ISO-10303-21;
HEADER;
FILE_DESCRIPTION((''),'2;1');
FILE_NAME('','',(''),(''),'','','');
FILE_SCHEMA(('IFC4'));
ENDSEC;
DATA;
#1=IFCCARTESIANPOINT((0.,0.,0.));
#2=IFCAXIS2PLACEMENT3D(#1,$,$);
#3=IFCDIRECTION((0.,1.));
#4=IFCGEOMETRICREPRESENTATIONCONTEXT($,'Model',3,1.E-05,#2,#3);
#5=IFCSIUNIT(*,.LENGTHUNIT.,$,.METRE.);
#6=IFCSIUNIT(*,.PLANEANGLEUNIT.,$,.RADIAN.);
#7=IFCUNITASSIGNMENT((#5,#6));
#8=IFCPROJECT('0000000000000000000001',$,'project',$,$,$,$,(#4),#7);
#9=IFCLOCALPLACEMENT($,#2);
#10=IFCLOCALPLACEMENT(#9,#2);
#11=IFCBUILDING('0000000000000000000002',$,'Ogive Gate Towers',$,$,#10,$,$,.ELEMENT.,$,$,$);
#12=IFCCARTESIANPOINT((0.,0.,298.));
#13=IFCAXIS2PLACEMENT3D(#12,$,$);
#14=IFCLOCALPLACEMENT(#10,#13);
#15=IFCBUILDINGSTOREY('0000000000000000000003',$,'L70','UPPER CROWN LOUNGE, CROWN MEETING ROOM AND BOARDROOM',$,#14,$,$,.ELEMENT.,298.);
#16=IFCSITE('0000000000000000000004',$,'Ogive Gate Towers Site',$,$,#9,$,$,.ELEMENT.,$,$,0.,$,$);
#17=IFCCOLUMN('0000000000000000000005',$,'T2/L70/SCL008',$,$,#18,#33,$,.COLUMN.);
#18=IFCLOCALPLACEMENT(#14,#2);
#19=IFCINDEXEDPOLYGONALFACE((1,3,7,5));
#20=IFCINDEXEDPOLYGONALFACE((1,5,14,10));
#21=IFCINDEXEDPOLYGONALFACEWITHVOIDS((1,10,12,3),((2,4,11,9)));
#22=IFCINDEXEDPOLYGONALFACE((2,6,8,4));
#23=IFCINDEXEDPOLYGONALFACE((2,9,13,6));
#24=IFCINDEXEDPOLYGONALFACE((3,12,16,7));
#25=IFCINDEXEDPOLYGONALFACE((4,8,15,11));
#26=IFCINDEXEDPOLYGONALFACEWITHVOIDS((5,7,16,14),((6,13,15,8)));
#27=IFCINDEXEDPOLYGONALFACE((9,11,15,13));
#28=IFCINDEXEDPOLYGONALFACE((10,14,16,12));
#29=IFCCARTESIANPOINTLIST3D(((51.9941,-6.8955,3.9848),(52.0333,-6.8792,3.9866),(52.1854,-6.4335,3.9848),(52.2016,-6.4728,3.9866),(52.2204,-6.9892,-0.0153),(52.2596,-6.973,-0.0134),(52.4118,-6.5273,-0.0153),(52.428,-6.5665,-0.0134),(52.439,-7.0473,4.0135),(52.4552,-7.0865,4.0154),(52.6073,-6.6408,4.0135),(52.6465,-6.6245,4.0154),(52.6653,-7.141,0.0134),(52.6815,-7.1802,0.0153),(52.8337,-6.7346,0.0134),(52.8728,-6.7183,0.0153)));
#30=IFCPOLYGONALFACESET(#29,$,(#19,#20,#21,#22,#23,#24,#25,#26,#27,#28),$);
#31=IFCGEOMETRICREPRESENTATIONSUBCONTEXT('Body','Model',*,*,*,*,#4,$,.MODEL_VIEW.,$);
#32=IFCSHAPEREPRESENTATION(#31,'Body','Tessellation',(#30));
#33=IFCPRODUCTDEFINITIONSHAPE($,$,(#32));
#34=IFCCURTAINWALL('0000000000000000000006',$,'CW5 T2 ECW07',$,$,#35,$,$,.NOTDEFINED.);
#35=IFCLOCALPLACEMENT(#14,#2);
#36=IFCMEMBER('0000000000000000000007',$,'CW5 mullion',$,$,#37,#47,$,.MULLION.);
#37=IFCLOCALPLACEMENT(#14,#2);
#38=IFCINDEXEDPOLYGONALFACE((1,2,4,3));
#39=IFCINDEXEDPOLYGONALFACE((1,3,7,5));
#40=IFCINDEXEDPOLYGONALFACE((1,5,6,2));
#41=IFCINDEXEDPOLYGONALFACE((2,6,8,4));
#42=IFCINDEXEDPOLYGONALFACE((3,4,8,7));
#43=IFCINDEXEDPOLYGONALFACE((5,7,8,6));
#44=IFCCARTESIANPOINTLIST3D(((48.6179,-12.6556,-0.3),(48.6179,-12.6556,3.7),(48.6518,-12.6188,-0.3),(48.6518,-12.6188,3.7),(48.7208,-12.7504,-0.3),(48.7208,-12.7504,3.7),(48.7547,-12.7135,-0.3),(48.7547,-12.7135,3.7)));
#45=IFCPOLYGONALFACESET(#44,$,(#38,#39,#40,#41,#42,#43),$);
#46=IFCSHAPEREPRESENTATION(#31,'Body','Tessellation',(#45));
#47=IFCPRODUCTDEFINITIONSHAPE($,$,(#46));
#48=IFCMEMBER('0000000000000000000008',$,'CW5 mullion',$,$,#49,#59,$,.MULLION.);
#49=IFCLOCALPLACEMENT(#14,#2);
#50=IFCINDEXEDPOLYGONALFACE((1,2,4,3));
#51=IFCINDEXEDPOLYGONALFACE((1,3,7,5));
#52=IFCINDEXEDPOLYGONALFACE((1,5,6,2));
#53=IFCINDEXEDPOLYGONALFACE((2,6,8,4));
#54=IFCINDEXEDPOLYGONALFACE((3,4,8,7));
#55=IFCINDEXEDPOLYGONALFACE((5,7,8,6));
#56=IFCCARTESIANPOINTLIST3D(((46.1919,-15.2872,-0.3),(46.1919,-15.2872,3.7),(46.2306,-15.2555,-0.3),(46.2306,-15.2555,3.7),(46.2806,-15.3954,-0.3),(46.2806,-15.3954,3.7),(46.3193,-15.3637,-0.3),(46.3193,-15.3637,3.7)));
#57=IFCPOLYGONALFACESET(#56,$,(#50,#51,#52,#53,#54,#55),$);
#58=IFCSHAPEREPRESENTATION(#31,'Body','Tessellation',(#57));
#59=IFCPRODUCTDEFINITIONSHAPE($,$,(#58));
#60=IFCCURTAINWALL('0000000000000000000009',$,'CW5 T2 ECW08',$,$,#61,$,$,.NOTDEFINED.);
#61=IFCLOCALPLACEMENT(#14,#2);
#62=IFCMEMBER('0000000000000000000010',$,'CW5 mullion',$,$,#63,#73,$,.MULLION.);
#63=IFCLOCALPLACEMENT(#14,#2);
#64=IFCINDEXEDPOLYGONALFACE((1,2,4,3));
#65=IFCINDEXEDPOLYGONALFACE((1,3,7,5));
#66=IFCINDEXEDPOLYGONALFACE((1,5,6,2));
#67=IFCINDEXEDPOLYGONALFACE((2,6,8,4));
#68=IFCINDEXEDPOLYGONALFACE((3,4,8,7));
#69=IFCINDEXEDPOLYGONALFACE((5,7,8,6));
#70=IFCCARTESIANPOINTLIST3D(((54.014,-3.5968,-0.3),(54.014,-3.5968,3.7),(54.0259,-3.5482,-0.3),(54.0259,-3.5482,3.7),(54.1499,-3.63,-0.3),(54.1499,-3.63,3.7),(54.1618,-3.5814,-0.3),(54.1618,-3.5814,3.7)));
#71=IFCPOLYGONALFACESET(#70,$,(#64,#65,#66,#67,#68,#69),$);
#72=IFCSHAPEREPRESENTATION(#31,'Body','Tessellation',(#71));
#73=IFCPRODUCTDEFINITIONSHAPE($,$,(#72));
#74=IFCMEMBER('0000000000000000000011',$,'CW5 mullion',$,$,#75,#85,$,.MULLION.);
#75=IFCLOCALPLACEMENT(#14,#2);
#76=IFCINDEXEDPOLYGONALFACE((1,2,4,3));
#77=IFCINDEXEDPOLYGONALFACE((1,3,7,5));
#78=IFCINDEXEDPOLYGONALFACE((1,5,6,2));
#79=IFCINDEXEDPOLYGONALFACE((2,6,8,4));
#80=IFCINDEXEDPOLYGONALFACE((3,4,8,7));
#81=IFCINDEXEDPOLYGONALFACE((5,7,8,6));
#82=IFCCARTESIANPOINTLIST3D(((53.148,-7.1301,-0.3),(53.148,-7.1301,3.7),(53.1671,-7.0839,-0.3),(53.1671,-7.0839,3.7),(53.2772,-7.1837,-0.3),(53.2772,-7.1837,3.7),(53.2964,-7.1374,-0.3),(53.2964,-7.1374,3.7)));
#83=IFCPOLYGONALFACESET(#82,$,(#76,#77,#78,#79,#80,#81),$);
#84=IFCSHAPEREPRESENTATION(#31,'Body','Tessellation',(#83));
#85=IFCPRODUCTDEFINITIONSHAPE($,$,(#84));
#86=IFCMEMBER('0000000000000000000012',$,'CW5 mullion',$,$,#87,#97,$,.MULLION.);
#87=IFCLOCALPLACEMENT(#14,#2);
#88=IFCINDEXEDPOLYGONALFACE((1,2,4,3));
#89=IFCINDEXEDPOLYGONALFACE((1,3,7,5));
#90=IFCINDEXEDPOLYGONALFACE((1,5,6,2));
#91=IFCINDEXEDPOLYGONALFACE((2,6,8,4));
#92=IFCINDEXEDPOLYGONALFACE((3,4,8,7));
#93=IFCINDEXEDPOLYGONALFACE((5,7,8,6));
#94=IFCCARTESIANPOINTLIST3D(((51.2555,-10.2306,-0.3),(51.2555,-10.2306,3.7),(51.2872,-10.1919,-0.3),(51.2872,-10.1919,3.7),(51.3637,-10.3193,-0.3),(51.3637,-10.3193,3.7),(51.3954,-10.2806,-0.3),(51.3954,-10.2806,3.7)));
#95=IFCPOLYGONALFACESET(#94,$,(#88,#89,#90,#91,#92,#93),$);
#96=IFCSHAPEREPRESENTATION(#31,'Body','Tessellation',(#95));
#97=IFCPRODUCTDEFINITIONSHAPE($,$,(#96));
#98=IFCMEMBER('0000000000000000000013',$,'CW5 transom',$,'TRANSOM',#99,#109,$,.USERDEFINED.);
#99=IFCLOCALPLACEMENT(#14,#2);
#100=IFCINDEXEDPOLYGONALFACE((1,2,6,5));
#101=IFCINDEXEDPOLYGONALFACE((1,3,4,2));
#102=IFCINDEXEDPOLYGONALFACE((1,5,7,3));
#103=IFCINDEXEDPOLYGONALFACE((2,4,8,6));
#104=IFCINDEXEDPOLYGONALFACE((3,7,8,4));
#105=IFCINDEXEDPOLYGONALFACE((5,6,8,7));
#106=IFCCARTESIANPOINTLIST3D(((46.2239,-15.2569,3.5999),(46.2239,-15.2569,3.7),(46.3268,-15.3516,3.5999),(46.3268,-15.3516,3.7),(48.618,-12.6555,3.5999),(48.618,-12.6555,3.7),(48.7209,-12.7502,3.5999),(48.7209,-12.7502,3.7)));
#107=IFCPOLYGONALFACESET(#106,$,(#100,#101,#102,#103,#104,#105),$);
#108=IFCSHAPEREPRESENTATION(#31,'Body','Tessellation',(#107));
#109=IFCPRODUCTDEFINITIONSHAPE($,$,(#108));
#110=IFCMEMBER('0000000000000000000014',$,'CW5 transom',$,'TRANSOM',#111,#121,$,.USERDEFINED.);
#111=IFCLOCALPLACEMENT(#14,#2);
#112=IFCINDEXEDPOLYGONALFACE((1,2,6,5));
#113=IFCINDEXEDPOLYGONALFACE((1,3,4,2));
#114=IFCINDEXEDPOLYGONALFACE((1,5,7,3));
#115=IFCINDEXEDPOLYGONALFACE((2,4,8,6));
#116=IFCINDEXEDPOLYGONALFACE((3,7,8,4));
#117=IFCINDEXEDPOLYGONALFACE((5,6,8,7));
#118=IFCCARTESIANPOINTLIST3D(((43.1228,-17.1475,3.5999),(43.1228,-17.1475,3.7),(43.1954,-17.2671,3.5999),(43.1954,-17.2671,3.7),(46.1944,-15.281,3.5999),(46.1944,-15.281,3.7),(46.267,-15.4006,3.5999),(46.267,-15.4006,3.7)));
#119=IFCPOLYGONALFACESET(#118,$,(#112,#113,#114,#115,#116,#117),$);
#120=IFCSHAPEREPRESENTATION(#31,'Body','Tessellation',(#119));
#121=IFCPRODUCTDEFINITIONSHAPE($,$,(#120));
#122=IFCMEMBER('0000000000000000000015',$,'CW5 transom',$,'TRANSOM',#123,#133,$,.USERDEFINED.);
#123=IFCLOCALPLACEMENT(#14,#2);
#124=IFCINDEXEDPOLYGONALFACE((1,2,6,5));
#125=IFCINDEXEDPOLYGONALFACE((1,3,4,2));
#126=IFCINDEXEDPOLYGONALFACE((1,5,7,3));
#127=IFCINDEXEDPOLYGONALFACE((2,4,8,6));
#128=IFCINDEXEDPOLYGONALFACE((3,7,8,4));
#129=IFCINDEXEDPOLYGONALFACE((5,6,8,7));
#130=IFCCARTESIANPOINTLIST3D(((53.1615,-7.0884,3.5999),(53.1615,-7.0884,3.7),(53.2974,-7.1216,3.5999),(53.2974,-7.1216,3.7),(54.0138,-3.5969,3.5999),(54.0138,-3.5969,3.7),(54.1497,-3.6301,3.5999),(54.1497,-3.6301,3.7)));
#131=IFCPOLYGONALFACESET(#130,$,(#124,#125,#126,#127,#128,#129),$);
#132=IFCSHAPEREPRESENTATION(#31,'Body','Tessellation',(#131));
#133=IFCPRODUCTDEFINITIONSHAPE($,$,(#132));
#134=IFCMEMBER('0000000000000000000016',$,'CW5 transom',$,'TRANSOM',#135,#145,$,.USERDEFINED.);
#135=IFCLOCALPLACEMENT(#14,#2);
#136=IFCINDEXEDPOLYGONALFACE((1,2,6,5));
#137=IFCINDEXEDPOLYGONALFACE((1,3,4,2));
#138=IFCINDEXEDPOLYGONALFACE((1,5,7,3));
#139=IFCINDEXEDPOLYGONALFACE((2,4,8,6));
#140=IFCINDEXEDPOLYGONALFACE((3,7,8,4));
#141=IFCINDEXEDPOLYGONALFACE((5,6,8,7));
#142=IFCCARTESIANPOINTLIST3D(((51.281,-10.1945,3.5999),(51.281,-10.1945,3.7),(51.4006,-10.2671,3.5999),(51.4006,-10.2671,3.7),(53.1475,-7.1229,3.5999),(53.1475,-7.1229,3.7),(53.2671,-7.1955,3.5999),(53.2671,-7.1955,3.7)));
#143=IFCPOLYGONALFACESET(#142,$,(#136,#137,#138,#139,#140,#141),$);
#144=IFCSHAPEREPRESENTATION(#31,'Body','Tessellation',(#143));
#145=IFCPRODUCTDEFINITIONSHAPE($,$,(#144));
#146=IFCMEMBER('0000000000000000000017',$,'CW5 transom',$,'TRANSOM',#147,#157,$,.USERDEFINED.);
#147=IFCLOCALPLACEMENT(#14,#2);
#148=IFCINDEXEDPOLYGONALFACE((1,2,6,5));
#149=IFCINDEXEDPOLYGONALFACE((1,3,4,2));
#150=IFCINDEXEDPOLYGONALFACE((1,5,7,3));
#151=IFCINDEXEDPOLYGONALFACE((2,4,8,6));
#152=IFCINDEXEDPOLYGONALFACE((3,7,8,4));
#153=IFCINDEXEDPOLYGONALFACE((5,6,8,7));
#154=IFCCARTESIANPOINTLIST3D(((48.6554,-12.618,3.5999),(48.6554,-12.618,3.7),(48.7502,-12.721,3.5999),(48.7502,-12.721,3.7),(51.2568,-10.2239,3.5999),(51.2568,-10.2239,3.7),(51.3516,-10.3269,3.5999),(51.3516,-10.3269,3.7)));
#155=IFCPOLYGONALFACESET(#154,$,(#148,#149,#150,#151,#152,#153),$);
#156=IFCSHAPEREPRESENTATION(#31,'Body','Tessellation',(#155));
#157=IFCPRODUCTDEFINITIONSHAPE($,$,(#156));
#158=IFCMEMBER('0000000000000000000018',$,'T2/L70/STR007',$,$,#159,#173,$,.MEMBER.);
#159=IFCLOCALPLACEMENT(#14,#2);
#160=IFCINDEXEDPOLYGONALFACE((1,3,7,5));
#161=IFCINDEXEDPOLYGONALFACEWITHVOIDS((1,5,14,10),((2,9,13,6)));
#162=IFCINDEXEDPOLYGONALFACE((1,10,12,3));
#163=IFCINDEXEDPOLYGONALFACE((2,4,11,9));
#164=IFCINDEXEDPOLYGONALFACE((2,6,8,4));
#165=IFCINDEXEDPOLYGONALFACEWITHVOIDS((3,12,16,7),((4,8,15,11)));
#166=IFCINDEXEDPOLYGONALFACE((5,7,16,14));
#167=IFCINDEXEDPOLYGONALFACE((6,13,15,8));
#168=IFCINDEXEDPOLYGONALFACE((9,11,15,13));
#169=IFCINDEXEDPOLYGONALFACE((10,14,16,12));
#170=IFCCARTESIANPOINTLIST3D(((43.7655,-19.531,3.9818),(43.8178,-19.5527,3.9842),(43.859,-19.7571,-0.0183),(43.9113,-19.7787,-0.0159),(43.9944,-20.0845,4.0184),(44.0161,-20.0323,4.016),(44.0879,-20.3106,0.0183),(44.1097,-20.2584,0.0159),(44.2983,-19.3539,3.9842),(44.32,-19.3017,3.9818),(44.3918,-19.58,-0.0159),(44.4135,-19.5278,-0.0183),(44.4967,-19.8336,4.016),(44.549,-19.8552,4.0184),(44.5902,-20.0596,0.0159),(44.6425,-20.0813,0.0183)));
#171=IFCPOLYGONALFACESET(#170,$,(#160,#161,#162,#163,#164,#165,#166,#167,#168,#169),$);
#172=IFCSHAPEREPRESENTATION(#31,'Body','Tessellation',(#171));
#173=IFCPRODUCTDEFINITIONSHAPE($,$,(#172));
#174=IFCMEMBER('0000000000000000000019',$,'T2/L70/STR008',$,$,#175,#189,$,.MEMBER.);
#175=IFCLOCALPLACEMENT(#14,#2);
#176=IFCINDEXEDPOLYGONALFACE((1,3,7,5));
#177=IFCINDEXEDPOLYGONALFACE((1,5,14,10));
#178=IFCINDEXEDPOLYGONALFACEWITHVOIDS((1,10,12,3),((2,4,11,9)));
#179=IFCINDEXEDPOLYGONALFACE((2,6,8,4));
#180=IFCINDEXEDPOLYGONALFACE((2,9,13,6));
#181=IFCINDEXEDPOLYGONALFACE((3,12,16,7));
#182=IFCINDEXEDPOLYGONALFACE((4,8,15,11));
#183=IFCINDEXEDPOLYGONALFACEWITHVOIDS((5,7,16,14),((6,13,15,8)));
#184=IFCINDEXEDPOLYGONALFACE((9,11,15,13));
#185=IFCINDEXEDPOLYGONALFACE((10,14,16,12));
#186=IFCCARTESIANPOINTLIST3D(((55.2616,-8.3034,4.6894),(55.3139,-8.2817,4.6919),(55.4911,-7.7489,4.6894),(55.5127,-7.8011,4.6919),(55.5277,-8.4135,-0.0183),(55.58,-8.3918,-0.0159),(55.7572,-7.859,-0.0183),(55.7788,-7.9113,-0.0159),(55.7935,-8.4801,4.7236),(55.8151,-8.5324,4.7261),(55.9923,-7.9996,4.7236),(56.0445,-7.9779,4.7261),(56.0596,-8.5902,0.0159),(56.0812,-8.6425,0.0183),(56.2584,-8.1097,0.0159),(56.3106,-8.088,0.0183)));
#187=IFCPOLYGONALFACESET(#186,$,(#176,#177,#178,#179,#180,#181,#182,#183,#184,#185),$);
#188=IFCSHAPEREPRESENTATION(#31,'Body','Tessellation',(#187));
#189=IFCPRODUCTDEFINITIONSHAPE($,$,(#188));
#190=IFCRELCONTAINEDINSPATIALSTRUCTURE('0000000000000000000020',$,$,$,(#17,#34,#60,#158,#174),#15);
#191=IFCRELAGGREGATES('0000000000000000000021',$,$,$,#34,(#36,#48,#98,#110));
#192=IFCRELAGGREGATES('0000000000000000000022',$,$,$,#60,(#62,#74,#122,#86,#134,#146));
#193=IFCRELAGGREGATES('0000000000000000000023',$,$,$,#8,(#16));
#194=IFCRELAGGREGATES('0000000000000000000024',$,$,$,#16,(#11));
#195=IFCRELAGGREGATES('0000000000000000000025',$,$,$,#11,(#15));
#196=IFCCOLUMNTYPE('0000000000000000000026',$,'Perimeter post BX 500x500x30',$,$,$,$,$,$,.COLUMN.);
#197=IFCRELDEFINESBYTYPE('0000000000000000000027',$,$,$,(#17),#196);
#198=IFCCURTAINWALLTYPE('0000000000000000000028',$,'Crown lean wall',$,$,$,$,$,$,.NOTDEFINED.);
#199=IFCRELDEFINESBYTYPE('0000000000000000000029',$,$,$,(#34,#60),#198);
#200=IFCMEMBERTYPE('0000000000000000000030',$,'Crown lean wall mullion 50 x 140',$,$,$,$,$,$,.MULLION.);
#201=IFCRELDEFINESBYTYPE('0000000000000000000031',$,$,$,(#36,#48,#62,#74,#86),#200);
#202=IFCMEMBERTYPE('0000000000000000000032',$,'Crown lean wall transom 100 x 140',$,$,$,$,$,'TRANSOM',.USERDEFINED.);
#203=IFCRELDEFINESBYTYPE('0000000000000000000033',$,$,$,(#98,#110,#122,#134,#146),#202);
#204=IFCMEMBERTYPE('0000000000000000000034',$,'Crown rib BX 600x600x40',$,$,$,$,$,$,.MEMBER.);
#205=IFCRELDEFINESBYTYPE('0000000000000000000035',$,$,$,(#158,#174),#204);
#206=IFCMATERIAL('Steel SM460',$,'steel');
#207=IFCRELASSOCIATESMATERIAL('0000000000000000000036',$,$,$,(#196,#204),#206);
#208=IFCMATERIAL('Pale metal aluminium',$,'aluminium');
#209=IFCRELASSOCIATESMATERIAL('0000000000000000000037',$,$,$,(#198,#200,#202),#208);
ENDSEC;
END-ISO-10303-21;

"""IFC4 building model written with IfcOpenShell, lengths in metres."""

from ifc_helpers import new_model, si_unit, direction, frame, origin, origin_2d, place, context, subcontext, project, spatial, rectangle, hollow_rectangle, extrude, material, material_profile, profile_set, type_object, element, aggregate, save


model = new_model("IFC4")

# Units and contexts
model_context = context("Model", 3, precision=1e-05, world=origin(), true_north=direction((0.0, 1.0)))
body_context = subcontext(model_context, "Body", "Model", "MODEL_VIEW")
ifc_project = project(units=[si_unit("LENGTHUNIT", "METRE"), si_unit("PLANEANGLEUNIT", "RADIAN")], contexts=[model_context])

# Site, building, storey
site_placement = place(None, origin())
site = spatial("IfcSite", under=ifc_project, at=site_placement, Name="Ogive Gate Towers Site", CompositionType="ELEMENT", RefElevation=0.0)
building_placement = place(site_placement, origin())
building = spatial("IfcBuilding", under=site, at=building_placement, Name="Ogive Gate Towers", CompositionType="ELEMENT")
storey_placement = place(building_placement, frame((0.0, 0.0, 298.0)))
storey = spatial("IfcBuildingStorey", under=building, at=storey_placement, Name="L70", Description="UPPER CROWN LOUNGE, CROWN MEETING ROOM AND BOARDROOM", CompositionType="ELEMENT", Elevation=298.0)

# Column
ifc_material_1 = material(Name="Steel SM460", Category="steel")
ifc_material_profile_1 = material_profile(ifc_material_1, hollow_rectangle(XDim=0.5, YDim=0.5, WallThickness=0.03, at=origin_2d()), Name="BX 500x500x30")
ifc_profile_set_1 = profile_set([ifc_material_profile_1], Name="Steel SM460")
column_type = type_object("IfcColumnType", Name="Perimeter post BX 500x500x30", PredefinedType="COLUMN", material=ifc_profile_set_1)
column_placement = place(storey_placement, frame((52.5466, -6.8538, 0.0), z_axis=(-0.056474, 0.023394, 0.99813), x_axis=(-0.382704, -0.923871, 0.0)))
element("IfcColumn", 1, at=column_placement, inside=storey, type_object=column_type, Name="T2/L70/SCL008", PredefinedType="COLUMN", context=body_context, shape_type="SweptSolid", body=[
    extrude(hollow_rectangle(XDim=0.5, YDim=0.5, WallThickness=0.03, at=origin_2d()), origin(), (0.0, 0.0, 1.0), 4.0076),
])

# Curtain walls, members
ifc_material_2 = material(Name="Pale metal aluminium", Category="aluminium")
curtain_wall_type = type_object("IfcCurtainWallType", Name="Crown lean wall", PredefinedType="NOTDEFINED", material=ifc_material_2)
curtain_wall_1_placement = place(storey_placement, origin())
curtain_wall_1 = element("IfcCurtainWall", 2, at=curtain_wall_1_placement, inside=storey, type_object=curtain_wall_type, Name="CW5 T2 ECW07", PredefinedType="NOTDEFINED")
ifc_material_profile_2 = material_profile(ifc_material_2, rectangle(XDim=0.1399, YDim=0.05, at=origin_2d()), Name="50 x 140 aluminium box")
ifc_profile_set_2 = profile_set([ifc_material_profile_2], Name="Pale metal aluminium")
member_type_1 = type_object("IfcMemberType", Name="Crown lean wall mullion 50 x 140", PredefinedType="MULLION", material=ifc_profile_set_2)
member_1_placement = place(storey_placement, frame((48.6863, -12.6846, -0.3), z_axis=(0.0, 0.0, 1.0), x_axis=(-0.735813, 0.677184, 0.0)))
member_1 = element("IfcMember", 3, at=member_1_placement, type_object=member_type_1, Name="CW5 mullion", PredefinedType="MULLION", context=body_context, shape_type="SweptSolid", body=[
    extrude(rectangle(XDim=0.1399, YDim=0.05, at=origin_2d()), origin(), (0.0, 0.0, 1.0), 4.0),
])
member_2_placement = place(storey_placement, frame((46.2556, -15.3254, -0.3), z_axis=(0.0, 0.0, 1.0), x_axis=(-0.633772, 0.77352, 0.0)))
member_2 = element("IfcMember", 4, at=member_2_placement, type_object=member_type_1, Name="CW5 mullion", PredefinedType="MULLION", context=body_context, shape_type="SweptSolid", body=[
    extrude(rectangle(XDim=0.1399, YDim=0.05, at=origin_2d()), origin(), (0.0, 0.0, 1.0), 4.0),
])
curtain_wall_2_placement = place(storey_placement, origin())
curtain_wall_2 = element("IfcCurtainWall", 5, at=curtain_wall_2_placement, inside=storey, type_object=curtain_wall_type, Name="CW5 T2 ECW08", PredefinedType="NOTDEFINED")
member_3_placement = place(storey_placement, frame((54.0879, -3.5891, -0.3), z_axis=(0.0, 0.0, 1.0), x_axis=(-0.971471, 0.23716, 0.0)))
member_3 = element("IfcMember", 6, at=member_3_placement, type_object=member_type_1, Name="CW5 mullion", PredefinedType="MULLION", context=body_context, shape_type="SweptSolid", body=[
    extrude(rectangle(XDim=0.1399, YDim=0.05, at=origin_2d()), origin(), (0.0, 0.0, 1.0), 4.0),
])
member_4_placement = place(storey_placement, frame((53.2222, -7.1338, -0.3), z_axis=(0.0, 0.0, 1.0), x_axis=(-0.92388, 0.382683, 0.0)))
member_4 = element("IfcMember", 7, at=member_4_placement, type_object=member_type_1, Name="CW5 mullion", PredefinedType="MULLION", context=body_context, shape_type="SweptSolid", body=[
    extrude(rectangle(XDim=0.1399, YDim=0.05, at=origin_2d()), origin(), (0.0, 0.0, 1.0), 4.0),
])
member_5_placement = place(storey_placement, frame((51.3254, -10.2556, -0.3), z_axis=(0.0, 0.0, 1.0), x_axis=(-0.77352, 0.633772, 0.0)))
member_5 = element("IfcMember", 8, at=member_5_placement, type_object=member_type_1, Name="CW5 mullion", PredefinedType="MULLION", context=body_context, shape_type="SweptSolid", body=[
    extrude(rectangle(XDim=0.1399, YDim=0.05, at=origin_2d()), origin(), (0.0, 0.0, 1.0), 4.0),
])

# Members
ifc_material_profile_3 = material_profile(ifc_material_2, rectangle(XDim=0.1399, YDim=0.1001, at=origin_2d()), Name="100 x 140 aluminium box")
ifc_profile_set_3 = profile_set([ifc_material_profile_3], Name="Pale metal aluminium")
member_type_2 = type_object("IfcMemberType", Name="Crown lean wall transom 100 x 140", ElementType="TRANSOM", PredefinedType="USERDEFINED", material=ifc_profile_set_3)
member_6_placement = place(storey_placement, frame((48.6694, -12.7029, 3.6499), z_axis=(-0.677184, -0.735814, 0.0), x_axis=(0.735814, -0.677184, 0.0)))
member_6 = element("IfcMember", 9, at=member_6_placement, type_object=member_type_2, Name="CW5 transom", ObjectType="TRANSOM", PredefinedType="USERDEFINED", context=body_context, shape_type="SweptSolid", body=[
    extrude(rectangle(XDim=0.1399, YDim=0.1001, at=origin_2d()), origin(), (0.0, 0.0, 1.0), 3.5354),
])
member_7_placement = place(storey_placement, frame((46.2307, -15.3408, 3.6499), z_axis=(-0.854591, -0.519302, 0.0), x_axis=(0.519302, -0.854591, 0.0)))
member_7 = element("IfcMember", 10, at=member_7_placement, type_object=member_type_2, Name="CW5 transom", ObjectType="TRANSOM", PredefinedType="USERDEFINED", context=body_context, shape_type="SweptSolid", body=[
    extrude(rectangle(XDim=0.1399, YDim=0.1001, at=origin_2d()), origin(), (0.0, 0.0, 1.0), 3.5942),
])
member_8_placement = place(storey_placement, frame((54.0818, -3.6135, 3.6499), z_axis=(-0.237145, -0.971474, 0.0), x_axis=(0.971474, -0.237145, 0.0)))
member_8 = element("IfcMember", 11, at=member_8_placement, type_object=member_type_2, Name="CW5 transom", ObjectType="TRANSOM", PredefinedType="USERDEFINED", context=body_context, shape_type="SweptSolid", body=[
    extrude(rectangle(XDim=0.1399, YDim=0.1001, at=origin_2d()), origin(), (0.0, 0.0, 1.0), 3.594),
])
member_9_placement = place(storey_placement, frame((53.2073, -7.1592, 3.6499), z_axis=(-0.519302, -0.854591, 0.0), x_axis=(0.854591, -0.519302, 0.0)))
member_9 = element("IfcMember", 12, at=member_9_placement, type_object=member_type_2, Name="CW5 transom", ObjectType="TRANSOM", PredefinedType="USERDEFINED", context=body_context, shape_type="SweptSolid", body=[
    extrude(rectangle(XDim=0.1399, YDim=0.1001, at=origin_2d()), origin(), (0.0, 0.0, 1.0), 3.5942),
])
member_10_placement = place(storey_placement, frame((51.3042, -10.2754, 3.6499), z_axis=(-0.735814, -0.677184, 0.0), x_axis=(0.677184, -0.735814, 0.0)))
member_10 = element("IfcMember", 13, at=member_10_placement, type_object=member_type_2, Name="CW5 transom", ObjectType="TRANSOM", PredefinedType="USERDEFINED", context=body_context, shape_type="SweptSolid", body=[
    extrude(rectangle(XDim=0.1399, YDim=0.1001, at=origin_2d()), origin(), (0.0, 0.0, 1.0), 3.5354),
])

# Members
ifc_material_profile_4 = material_profile(ifc_material_1, hollow_rectangle(XDim=0.6001, YDim=0.6001, WallThickness=0.04, at=origin_2d()), Name="BX 600x600x40")
ifc_profile_set_4 = profile_set([ifc_material_profile_4], Name="Steel SM460")
member_type_3 = type_object("IfcMemberType", Name="Crown rib BX 600x600x40", PredefinedType="MEMBER", material=ifc_profile_set_4)
member_11_placement = place(storey_placement, frame((44.2507, -19.9192, 0.0), z_axis=(-0.023333, 0.056413, 0.998135), x_axis=(-0.924078, -0.382205, 0.0)))
element("IfcMember", 14, at=member_11_placement, inside=storey, type_object=member_type_3, Name="T2/L70/STR007", PredefinedType="MEMBER", context=body_context, shape_type="SweptSolid", body=[
    extrude(hollow_rectangle(XDim=0.6001, YDim=0.6001, WallThickness=0.04, at=origin_2d()), origin(), (0.0, 0.0, 1.0), 4.0076),
])
member_12_placement = place(storey_placement, frame((55.9192, -8.2507, 0.0), z_axis=(-0.056421, 0.023345, 0.998134), x_axis=(-0.382327, -0.924027, 0.0)))
element("IfcMember", 15, at=member_12_placement, inside=storey, type_object=member_type_3, Name="T2/L70/STR008", PredefinedType="MEMBER", context=body_context, shape_type="SweptSolid", body=[
    extrude(hollow_rectangle(XDim=0.6001, YDim=0.6001, WallThickness=0.04, at=origin_2d()), origin(), (0.0, 0.0, 1.0), 4.7166),
])

aggregate(curtain_wall_1, [member_1, member_2, member_6, member_7])
aggregate(curtain_wall_2, [member_3, member_4, member_8, member_5, member_9, member_10])

save(model, "model.ifc")
